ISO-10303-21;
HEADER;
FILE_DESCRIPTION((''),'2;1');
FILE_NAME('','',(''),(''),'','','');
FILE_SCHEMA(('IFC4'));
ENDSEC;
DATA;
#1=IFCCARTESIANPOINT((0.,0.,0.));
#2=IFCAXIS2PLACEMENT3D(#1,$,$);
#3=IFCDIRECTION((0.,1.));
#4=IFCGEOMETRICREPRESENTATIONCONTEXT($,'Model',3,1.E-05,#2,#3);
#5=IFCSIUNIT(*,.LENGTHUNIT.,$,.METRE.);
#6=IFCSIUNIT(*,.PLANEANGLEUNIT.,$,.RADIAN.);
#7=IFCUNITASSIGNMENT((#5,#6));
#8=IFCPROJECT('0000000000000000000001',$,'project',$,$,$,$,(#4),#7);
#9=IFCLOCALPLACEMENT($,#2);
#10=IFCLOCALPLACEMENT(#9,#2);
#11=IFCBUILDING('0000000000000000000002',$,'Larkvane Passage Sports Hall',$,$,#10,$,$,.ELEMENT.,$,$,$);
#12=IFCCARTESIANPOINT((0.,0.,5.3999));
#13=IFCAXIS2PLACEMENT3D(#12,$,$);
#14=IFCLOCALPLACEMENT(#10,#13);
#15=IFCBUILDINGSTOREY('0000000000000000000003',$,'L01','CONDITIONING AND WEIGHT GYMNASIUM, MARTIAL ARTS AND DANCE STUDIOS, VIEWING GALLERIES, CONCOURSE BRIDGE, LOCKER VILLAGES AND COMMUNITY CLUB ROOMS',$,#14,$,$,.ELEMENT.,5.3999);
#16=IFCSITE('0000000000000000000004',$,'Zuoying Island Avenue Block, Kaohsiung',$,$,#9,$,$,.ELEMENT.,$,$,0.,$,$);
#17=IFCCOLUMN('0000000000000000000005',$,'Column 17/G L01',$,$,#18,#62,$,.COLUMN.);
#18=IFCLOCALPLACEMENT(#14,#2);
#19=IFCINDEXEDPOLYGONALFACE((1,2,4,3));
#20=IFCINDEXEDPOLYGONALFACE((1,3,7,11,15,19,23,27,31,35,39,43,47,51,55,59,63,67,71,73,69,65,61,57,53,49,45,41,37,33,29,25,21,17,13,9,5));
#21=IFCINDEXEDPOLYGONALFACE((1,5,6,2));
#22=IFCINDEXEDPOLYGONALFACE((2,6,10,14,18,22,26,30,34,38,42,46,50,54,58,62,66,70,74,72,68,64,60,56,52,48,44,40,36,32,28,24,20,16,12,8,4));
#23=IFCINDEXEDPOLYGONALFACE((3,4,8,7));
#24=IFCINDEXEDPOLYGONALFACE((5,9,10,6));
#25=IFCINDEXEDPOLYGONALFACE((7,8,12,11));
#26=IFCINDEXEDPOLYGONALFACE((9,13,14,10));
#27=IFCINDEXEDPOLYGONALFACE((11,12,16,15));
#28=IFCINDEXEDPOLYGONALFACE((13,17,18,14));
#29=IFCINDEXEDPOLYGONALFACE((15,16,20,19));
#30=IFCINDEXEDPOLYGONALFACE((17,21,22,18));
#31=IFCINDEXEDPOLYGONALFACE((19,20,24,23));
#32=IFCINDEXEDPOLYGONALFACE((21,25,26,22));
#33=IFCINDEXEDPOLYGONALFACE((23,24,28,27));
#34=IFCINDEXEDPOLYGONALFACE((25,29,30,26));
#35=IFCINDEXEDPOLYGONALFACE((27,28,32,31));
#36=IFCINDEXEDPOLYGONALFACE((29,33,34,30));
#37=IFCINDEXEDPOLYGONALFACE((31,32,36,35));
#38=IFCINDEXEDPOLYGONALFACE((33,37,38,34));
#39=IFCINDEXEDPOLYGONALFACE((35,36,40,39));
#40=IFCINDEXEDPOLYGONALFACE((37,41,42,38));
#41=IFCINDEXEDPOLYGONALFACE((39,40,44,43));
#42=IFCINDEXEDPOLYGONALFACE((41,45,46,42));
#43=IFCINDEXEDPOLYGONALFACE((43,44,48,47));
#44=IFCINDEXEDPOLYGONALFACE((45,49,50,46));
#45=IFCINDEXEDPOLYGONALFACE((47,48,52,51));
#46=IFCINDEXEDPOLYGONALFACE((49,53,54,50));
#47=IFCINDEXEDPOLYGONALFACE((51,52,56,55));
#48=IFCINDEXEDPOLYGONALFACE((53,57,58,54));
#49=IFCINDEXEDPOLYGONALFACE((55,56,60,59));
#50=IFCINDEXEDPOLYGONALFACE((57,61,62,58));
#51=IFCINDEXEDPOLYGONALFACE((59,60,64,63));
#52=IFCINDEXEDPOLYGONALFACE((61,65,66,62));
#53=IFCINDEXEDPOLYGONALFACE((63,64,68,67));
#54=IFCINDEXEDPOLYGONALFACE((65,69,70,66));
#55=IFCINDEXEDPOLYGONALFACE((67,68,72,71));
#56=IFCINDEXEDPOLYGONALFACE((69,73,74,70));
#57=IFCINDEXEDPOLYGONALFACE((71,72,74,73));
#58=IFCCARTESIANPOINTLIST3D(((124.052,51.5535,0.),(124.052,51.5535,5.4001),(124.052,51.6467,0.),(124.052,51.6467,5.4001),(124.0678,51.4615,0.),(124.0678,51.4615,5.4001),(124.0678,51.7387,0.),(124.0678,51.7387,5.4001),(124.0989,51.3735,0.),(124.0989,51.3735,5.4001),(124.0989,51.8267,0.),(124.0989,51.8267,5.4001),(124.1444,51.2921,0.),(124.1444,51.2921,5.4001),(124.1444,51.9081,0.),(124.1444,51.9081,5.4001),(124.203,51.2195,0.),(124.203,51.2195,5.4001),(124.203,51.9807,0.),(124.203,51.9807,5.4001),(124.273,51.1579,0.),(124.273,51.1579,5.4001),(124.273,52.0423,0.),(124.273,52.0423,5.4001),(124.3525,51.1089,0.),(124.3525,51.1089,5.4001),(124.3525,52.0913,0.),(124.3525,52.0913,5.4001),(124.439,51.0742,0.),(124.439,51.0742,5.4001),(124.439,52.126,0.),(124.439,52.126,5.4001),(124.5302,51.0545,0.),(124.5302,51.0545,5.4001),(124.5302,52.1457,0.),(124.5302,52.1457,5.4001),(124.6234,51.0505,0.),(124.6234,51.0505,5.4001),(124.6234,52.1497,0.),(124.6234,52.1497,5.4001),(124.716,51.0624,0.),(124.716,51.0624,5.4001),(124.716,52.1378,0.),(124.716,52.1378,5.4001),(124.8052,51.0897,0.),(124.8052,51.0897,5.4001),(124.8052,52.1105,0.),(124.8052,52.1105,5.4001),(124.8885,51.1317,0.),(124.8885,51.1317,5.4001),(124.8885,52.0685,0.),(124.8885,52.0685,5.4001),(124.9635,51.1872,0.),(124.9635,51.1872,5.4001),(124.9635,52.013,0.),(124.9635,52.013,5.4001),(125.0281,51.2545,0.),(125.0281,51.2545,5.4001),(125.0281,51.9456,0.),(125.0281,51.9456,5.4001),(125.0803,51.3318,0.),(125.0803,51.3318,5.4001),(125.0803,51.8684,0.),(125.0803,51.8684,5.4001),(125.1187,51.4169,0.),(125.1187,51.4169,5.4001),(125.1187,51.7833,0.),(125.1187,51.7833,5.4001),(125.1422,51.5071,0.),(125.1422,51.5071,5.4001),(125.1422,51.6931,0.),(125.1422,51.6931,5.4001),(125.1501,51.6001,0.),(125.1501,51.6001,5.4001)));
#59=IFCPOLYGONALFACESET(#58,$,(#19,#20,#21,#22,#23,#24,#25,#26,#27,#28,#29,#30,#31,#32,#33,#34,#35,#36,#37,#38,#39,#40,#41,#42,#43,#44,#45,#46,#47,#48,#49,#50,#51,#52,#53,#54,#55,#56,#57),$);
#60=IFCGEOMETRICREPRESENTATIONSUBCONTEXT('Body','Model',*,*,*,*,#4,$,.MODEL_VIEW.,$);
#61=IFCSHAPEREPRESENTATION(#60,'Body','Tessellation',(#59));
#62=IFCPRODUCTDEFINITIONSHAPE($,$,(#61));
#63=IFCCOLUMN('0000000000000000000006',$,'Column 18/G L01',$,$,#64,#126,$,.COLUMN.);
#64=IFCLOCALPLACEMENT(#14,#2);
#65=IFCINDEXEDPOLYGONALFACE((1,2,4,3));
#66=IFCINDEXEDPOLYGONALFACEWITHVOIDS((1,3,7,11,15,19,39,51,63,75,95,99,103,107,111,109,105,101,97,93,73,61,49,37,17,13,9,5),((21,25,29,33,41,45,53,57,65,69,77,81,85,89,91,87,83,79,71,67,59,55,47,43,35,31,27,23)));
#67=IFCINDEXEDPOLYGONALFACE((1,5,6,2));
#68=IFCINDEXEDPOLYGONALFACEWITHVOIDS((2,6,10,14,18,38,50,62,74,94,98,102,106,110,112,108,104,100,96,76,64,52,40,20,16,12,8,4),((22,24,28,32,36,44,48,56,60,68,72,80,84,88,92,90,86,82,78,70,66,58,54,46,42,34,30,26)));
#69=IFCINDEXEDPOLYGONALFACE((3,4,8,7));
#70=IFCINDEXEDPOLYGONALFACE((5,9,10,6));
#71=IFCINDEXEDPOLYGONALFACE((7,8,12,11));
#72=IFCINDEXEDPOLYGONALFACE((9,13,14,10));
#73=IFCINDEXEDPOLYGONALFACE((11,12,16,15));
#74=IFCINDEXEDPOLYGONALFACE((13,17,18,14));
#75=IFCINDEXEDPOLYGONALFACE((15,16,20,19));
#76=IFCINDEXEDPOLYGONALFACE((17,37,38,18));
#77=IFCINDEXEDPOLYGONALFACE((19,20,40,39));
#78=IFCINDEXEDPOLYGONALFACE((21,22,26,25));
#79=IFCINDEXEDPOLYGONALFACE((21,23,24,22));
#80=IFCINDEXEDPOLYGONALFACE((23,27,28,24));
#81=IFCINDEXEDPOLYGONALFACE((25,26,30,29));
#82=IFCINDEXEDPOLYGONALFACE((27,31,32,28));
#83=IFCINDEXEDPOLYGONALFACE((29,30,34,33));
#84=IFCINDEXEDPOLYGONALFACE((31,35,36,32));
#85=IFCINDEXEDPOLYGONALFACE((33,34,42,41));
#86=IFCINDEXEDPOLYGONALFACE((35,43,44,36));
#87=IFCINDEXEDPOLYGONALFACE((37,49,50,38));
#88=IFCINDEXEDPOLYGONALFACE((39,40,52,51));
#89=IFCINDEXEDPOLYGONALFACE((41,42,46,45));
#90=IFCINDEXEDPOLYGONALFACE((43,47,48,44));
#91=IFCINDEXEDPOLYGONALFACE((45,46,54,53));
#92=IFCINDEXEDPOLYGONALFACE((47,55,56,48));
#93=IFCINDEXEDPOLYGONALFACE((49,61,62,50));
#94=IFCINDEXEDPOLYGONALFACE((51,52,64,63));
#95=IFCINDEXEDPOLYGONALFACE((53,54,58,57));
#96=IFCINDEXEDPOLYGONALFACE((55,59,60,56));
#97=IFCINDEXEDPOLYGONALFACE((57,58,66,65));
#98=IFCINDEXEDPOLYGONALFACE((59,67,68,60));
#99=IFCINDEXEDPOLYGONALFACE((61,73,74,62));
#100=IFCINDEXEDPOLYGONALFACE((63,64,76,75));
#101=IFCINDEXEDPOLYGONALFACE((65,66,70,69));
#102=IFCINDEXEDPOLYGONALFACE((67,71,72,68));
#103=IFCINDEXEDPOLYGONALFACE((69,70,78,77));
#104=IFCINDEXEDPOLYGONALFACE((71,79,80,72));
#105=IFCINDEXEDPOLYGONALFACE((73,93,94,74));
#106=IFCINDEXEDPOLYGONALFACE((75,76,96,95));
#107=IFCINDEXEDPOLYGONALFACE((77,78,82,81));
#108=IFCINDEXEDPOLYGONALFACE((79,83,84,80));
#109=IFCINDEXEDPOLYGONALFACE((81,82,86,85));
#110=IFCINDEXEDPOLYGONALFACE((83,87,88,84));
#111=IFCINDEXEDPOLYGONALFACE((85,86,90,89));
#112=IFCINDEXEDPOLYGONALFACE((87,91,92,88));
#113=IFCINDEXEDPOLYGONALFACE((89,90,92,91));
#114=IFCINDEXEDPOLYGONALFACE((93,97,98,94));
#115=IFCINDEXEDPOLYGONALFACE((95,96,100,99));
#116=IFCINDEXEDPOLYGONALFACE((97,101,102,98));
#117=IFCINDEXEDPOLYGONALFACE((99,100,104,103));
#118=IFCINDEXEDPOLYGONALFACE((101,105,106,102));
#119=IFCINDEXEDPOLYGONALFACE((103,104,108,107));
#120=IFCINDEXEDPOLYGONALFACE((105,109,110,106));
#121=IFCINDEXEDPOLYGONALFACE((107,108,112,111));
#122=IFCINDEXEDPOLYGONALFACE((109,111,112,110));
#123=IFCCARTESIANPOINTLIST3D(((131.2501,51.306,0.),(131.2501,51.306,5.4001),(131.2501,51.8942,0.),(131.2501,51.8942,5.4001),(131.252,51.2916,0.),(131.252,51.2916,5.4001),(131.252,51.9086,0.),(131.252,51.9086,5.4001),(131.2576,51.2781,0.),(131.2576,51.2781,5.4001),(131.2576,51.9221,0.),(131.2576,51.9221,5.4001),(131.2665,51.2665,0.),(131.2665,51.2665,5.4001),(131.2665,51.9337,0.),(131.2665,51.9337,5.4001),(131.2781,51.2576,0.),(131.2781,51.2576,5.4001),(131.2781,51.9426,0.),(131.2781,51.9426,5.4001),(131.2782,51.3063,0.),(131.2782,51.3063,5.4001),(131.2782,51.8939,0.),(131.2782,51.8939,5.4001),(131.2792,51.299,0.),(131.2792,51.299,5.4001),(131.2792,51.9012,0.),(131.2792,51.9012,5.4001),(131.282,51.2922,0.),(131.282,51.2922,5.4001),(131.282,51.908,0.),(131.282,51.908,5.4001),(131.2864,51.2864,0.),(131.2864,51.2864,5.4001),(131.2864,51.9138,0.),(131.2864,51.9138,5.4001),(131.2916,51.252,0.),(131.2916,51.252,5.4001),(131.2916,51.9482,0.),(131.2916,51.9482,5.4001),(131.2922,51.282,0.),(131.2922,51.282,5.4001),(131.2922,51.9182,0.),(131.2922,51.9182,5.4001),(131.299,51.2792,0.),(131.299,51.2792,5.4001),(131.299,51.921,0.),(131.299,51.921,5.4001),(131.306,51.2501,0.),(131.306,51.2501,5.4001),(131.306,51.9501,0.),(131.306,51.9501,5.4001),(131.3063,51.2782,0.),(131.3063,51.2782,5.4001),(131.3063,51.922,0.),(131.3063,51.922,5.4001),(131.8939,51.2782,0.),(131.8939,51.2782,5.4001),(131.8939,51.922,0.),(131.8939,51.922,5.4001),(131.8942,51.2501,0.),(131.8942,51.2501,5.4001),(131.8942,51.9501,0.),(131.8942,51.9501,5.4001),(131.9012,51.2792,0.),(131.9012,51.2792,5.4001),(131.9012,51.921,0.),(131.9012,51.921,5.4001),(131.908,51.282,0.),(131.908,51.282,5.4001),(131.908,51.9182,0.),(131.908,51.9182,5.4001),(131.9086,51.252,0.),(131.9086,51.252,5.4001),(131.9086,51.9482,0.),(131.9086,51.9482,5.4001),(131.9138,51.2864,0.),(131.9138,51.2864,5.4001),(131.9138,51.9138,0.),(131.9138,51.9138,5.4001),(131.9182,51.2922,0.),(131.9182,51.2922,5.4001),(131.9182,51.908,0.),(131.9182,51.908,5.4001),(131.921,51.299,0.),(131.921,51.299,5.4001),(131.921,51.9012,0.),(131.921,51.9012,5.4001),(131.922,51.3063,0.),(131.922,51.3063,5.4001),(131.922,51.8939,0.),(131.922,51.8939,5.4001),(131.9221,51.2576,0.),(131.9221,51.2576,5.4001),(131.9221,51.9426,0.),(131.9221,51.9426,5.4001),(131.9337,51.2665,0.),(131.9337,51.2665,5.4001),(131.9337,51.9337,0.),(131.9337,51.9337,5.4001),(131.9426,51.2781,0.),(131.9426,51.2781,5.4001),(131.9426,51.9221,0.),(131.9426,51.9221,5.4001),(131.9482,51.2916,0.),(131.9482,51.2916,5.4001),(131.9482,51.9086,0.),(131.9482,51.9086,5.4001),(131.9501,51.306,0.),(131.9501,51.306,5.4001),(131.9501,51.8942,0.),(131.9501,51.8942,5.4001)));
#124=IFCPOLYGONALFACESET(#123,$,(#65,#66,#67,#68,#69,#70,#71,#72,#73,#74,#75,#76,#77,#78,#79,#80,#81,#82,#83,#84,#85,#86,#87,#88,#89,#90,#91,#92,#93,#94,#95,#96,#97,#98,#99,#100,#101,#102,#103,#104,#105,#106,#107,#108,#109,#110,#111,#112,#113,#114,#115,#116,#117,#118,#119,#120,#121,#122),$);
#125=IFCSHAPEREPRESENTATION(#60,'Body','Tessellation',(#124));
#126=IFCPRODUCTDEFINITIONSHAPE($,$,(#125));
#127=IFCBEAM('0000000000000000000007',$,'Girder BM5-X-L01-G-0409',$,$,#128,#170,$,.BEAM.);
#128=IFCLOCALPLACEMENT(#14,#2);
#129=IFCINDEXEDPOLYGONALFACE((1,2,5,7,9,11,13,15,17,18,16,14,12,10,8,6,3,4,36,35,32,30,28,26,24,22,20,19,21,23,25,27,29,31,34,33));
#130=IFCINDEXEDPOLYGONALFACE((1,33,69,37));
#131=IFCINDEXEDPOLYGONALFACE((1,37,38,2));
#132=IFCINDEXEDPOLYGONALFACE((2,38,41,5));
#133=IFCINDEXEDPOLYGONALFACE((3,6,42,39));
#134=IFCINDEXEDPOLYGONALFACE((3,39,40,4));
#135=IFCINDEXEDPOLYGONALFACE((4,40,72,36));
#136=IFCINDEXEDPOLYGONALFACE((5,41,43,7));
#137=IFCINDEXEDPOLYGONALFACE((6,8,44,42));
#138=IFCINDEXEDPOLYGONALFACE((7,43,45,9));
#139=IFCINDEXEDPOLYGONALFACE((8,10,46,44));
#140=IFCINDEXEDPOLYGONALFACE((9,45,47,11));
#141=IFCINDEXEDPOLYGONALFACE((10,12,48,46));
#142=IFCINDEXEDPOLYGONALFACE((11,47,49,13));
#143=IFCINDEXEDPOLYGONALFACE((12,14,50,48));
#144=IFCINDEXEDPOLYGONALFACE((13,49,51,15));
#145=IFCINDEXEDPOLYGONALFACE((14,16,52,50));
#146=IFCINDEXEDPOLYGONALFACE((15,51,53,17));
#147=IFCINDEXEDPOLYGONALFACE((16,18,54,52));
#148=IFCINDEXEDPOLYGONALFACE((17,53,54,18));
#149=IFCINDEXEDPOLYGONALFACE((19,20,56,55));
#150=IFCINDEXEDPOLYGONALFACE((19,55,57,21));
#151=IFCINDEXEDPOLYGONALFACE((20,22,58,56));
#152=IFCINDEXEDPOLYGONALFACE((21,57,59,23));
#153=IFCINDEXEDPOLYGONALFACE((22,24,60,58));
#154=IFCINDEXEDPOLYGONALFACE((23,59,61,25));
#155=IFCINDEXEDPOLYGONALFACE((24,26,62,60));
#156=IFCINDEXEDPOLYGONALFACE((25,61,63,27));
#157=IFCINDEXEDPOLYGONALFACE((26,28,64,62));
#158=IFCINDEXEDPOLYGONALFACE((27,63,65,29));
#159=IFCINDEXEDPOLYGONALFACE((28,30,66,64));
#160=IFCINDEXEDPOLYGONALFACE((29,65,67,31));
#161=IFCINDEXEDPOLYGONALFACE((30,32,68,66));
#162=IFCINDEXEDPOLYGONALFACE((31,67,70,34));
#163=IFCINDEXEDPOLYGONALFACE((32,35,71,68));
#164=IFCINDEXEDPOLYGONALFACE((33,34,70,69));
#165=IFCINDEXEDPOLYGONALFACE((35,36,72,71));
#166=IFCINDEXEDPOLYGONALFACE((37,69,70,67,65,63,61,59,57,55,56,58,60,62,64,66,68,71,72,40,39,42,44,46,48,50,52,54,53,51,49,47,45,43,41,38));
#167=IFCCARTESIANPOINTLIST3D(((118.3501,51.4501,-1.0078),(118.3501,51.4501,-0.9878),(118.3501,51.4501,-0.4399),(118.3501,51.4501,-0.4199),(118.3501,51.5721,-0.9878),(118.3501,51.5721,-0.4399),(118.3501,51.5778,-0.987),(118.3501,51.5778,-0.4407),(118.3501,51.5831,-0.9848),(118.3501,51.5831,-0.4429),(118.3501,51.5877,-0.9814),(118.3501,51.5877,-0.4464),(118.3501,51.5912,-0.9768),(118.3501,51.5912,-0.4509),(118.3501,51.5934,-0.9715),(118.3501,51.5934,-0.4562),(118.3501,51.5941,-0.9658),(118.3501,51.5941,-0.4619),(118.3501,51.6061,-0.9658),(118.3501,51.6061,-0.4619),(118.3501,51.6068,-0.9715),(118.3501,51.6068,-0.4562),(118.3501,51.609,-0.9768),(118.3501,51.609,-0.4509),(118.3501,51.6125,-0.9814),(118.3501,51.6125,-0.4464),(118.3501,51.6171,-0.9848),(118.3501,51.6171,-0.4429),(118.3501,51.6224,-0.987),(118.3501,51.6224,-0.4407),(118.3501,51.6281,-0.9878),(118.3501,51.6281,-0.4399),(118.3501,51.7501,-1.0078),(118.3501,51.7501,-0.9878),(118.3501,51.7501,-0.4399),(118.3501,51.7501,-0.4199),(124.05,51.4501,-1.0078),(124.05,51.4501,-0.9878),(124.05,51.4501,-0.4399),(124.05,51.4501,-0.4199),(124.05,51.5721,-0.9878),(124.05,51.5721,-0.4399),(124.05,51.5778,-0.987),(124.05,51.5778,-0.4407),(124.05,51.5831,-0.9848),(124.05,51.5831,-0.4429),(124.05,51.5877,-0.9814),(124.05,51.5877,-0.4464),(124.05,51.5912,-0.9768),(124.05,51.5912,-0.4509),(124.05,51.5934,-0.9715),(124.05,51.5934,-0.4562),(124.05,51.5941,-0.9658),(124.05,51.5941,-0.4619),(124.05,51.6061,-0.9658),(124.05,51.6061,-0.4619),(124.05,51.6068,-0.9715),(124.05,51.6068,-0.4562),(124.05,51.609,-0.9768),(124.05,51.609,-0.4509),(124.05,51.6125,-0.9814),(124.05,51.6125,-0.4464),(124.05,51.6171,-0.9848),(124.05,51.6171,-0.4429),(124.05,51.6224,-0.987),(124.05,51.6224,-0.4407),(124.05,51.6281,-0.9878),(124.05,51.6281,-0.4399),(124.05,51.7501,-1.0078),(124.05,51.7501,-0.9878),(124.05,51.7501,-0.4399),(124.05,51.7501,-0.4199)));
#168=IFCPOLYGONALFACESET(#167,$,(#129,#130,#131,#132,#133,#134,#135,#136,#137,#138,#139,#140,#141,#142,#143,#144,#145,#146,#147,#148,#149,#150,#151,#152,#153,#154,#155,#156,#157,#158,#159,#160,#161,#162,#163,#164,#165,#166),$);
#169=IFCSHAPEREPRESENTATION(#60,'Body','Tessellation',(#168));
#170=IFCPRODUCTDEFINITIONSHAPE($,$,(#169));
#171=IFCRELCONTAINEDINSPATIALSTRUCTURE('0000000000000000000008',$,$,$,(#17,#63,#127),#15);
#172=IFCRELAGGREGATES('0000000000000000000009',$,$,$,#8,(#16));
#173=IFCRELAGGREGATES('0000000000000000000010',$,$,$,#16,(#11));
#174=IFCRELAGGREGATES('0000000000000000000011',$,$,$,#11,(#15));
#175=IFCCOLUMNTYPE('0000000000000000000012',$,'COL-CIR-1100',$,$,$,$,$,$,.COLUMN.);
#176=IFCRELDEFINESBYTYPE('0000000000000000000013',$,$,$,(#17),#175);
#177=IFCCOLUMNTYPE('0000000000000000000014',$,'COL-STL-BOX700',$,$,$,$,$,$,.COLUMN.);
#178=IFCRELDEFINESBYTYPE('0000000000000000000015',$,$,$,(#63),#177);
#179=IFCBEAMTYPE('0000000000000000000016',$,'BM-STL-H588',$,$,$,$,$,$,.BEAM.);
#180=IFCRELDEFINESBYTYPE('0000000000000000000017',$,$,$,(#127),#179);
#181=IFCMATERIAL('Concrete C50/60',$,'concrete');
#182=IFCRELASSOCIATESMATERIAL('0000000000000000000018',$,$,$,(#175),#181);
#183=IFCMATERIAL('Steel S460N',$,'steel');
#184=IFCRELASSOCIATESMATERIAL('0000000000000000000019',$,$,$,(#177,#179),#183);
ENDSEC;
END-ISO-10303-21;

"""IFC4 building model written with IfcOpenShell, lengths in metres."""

from ifc_helpers import new_model, si_unit, direction, frame, origin, origin_2d, place, context, subcontext, project, spatial, hollow_rectangle, circle, i_section, extrude, material, material_profile, profile_set, type_object, element, save


model = new_model("IFC4")

# Units and contexts
model_context = context("Model", 3, precision=1e-05, world=origin(), true_north=direction((0.0, 1.0)))
body_context = subcontext(model_context, "Body", "Model", "MODEL_VIEW")
ifc_project = project(units=[si_unit("LENGTHUNIT", "METRE"), si_unit("PLANEANGLEUNIT", "RADIAN")], contexts=[model_context])

# Site, building, storey
site_placement = place(None, origin())
site = spatial("IfcSite", under=ifc_project, at=site_placement, Name="Zuoying Island Avenue Block, Kaohsiung", CompositionType="ELEMENT", RefElevation=0.0)
building_placement = place(site_placement, origin())
building = spatial("IfcBuilding", under=site, at=building_placement, Name="Larkvane Passage Sports Hall", CompositionType="ELEMENT")
storey_placement = place(building_placement, frame((0.0, 0.0, 5.3999)))
storey = spatial("IfcBuildingStorey", under=building, at=storey_placement, Name="L01", Description="CONDITIONING AND WEIGHT GYMNASIUM, MARTIAL ARTS AND DANCE STUDIOS, VIEWING GALLERIES, CONCOURSE BRIDGE, LOCKER VILLAGES AND COMMUNITY CLUB ROOMS", CompositionType="ELEMENT", Elevation=5.3999)

# Columns
ifc_material_1 = material(Name="Concrete C50/60", Category="concrete")
ifc_material_profile_1 = material_profile(ifc_material_1, circle(Radius=0.55, at=origin_2d()), Name="RC-CIR-1100")
ifc_profile_set_1 = profile_set([ifc_material_profile_1], Name="Concrete C50/60")
column_type_1 = type_object("IfcColumnType", Name="COL-CIR-1100", PredefinedType="COLUMN", material=ifc_profile_set_1)
column_1_placement = place(storey_placement, frame((124.6001, 51.6001, 0.0), z_axis=(0.0, 0.0, 1.0), x_axis=(1.0, 0.0, 0.0)))
element("IfcColumn", 1, at=column_1_placement, inside=storey, type_object=column_type_1, Name="Column 17/G L01", PredefinedType="COLUMN", context=body_context, shape_type="SweptSolid", body=[
    extrude(circle(Radius=0.55, at=origin_2d()), origin(), (0.0, 0.0, 1.0), 5.4001),
])
ifc_material_2 = material(Name="Steel S460N", Category="steel")
ifc_material_profile_2 = material_profile(ifc_material_2, hollow_rectangle(XDim=0.7, YDim=0.7, WallThickness=0.0281, InnerFilletRadius=0.0281, OuterFilletRadius=0.0559, at=origin_2d()), Name="BOX-700x700x28")
ifc_profile_set_2 = profile_set([ifc_material_profile_2], Name="Steel S460N")
column_type_2 = type_object("IfcColumnType", Name="COL-STL-BOX700", PredefinedType="COLUMN", material=ifc_profile_set_2)
column_2_placement = place(storey_placement, frame((131.6001, 51.6001, 0.0), z_axis=(0.0, 0.0, 1.0), x_axis=(1.0, 0.0, 0.0)))
element("IfcColumn", 2, at=column_2_placement, inside=storey, type_object=column_type_2, Name="Column 18/G L01", PredefinedType="COLUMN", context=body_context, shape_type="SweptSolid", body=[
    extrude(hollow_rectangle(XDim=0.7, YDim=0.7, WallThickness=0.0281, InnerFilletRadius=0.0281, OuterFilletRadius=0.0559, at=origin_2d()), origin(), (0.0, 0.0, 1.0), 5.4001),
])

# Beam
ifc_material_profile_3 = material_profile(ifc_material_2, i_section(OverallWidth=0.3, OverallDepth=0.5879, WebThickness=0.012, FlangeThickness=0.02, FilletRadius=0.022, at=origin_2d()), Name="H-588x300x12x20")
ifc_profile_set_3 = profile_set([ifc_material_profile_3], Name="Steel S460N")
beam_type_1 = type_object("IfcBeamType", Name="BM-STL-H588", PredefinedType="BEAM", material=ifc_profile_set_3)
beam_1_placement = place(storey_placement, frame((118.3501, 51.6001, -0.7139), z_axis=(1.0, 0.0, 0.0), x_axis=(0.0, 1.0, 0.0)))
element("IfcBeam", 3, at=beam_1_placement, inside=storey, type_object=beam_type_1, Name="Girder BM5-X-L01-G-0409", PredefinedType="BEAM", context=body_context, shape_type="SweptSolid", body=[
    extrude(i_section(OverallWidth=0.3, OverallDepth=0.5879, WebThickness=0.012, FlangeThickness=0.02, FilletRadius=0.022, at=origin_2d()), origin(), (0.0, 0.0, 1.0), 5.7),
])

save(model, "model.ifc")
